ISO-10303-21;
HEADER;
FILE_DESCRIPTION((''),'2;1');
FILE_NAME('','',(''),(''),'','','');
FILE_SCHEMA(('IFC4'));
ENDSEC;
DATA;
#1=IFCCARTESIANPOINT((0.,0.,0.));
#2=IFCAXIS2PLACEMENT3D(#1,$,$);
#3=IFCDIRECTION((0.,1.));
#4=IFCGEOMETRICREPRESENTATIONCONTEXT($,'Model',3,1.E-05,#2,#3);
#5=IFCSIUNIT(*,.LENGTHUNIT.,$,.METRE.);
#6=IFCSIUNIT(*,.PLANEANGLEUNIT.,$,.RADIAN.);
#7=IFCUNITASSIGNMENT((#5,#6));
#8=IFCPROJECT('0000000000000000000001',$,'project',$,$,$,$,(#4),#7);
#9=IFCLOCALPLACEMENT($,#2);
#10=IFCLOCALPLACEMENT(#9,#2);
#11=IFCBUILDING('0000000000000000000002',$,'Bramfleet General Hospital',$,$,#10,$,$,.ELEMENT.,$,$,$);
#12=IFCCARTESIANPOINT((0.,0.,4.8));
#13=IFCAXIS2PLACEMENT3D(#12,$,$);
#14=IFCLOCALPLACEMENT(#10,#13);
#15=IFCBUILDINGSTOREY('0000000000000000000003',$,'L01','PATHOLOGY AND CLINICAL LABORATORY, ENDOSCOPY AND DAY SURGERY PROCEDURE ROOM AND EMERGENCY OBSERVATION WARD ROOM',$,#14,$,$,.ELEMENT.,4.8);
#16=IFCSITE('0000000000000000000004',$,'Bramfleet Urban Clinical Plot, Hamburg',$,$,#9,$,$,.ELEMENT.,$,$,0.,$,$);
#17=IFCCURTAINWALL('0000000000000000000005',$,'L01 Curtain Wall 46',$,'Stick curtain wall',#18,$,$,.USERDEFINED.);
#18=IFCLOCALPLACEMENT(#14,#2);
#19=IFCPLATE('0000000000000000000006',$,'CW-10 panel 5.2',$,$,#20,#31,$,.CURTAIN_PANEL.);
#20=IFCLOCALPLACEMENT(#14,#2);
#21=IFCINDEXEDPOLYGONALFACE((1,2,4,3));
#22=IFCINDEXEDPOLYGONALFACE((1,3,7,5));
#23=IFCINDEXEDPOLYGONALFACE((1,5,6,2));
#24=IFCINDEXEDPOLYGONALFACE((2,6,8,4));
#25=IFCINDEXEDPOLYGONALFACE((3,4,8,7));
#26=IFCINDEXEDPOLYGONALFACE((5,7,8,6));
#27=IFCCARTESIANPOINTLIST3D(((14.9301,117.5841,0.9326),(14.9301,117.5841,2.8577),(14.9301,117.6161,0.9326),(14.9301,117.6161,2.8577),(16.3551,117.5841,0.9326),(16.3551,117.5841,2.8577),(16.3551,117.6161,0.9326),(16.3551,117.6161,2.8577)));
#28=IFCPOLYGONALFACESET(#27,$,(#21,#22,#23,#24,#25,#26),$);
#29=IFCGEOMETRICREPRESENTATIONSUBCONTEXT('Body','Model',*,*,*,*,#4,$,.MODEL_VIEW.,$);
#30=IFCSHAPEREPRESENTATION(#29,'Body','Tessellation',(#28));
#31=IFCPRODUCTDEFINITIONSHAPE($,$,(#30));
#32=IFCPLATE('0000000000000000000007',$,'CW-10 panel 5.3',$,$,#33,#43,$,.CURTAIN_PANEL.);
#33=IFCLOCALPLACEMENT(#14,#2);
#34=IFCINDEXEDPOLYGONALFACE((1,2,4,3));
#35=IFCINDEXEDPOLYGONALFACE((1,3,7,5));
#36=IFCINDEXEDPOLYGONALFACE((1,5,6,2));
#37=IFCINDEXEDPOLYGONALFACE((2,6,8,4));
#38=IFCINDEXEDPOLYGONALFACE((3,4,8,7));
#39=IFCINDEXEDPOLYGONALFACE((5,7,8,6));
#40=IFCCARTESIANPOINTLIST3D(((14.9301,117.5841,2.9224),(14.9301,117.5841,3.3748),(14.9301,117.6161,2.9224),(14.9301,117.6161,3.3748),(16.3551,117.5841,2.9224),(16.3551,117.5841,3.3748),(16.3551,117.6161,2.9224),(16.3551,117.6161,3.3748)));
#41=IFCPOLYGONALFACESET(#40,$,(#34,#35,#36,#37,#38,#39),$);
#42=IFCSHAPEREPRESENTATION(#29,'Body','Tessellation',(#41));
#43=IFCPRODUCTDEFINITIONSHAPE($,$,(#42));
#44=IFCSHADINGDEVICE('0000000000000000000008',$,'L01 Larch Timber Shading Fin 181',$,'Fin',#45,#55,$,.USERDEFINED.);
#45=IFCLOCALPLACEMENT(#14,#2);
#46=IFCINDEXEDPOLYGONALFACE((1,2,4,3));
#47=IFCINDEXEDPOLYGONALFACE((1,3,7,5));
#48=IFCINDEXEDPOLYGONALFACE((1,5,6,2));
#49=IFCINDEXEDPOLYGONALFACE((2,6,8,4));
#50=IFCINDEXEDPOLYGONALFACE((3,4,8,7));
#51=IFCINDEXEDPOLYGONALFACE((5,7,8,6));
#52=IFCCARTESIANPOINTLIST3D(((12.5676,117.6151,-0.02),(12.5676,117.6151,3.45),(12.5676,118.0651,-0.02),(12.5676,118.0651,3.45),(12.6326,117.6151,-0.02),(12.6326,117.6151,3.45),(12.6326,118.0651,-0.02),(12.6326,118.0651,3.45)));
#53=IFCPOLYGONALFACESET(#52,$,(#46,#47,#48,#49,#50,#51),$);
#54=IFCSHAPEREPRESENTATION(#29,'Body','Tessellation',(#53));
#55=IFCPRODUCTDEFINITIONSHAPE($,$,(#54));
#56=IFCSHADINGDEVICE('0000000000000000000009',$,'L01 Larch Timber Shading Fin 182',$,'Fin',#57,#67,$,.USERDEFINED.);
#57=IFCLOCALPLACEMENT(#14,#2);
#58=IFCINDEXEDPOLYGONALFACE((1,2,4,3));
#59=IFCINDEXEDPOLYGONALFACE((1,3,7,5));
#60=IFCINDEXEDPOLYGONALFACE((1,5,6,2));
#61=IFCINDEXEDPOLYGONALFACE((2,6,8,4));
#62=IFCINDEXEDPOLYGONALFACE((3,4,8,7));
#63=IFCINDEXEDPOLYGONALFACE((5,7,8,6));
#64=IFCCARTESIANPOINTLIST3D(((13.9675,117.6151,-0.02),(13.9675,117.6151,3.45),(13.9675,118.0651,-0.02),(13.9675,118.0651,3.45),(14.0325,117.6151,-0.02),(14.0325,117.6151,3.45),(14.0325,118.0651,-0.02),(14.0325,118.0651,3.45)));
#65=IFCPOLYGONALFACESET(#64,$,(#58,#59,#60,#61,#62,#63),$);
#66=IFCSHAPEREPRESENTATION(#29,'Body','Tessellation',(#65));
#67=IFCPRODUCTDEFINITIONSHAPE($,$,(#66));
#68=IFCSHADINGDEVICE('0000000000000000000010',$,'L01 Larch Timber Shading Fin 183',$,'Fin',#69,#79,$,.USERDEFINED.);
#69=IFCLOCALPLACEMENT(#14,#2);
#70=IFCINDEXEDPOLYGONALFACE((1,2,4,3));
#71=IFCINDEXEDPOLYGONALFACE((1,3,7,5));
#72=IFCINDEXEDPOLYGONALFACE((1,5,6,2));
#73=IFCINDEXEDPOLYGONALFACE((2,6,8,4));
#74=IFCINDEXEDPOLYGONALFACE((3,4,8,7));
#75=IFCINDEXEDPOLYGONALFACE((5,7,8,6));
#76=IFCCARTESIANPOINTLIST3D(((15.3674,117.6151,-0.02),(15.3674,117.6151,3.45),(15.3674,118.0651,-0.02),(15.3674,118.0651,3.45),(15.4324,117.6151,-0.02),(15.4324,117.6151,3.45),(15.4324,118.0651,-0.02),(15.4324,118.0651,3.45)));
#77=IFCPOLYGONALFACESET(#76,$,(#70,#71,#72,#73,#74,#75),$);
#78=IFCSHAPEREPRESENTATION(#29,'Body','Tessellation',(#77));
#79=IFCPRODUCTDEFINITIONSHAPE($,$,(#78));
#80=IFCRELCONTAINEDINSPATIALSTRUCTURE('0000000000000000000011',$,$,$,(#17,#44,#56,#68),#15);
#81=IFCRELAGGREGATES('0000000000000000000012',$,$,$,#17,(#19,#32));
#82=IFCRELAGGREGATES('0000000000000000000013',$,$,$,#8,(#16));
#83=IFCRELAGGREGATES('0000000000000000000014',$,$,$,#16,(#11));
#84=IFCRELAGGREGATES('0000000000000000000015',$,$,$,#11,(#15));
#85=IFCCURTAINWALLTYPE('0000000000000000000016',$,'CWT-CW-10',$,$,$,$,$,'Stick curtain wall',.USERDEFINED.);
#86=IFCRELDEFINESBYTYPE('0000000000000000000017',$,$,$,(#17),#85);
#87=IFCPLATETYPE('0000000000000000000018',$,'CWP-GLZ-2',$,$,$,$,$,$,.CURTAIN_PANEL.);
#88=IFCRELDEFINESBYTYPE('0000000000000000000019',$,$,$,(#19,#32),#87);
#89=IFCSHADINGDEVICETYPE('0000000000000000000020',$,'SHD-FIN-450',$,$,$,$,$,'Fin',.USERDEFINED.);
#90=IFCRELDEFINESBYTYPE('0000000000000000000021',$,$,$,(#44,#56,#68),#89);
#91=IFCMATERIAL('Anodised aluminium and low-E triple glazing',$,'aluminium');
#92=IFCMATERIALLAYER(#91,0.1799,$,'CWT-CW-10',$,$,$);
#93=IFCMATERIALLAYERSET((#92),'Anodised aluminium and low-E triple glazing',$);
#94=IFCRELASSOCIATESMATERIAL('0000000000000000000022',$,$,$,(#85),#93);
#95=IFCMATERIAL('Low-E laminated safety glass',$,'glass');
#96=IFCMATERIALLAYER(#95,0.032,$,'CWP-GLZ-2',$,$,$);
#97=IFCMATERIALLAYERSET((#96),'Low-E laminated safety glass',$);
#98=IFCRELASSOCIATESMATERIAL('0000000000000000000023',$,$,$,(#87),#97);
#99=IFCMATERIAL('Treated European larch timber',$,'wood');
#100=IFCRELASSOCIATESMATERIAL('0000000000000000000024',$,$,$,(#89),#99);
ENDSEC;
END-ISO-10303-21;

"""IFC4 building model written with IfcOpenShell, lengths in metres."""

from ifc_helpers import new_model, si_unit, direction, frame, origin, origin_2d, place, context, subcontext, project, spatial, rectangle, extrude, material, layer, layer_set, material_profile, profile_set, type_object, element, aggregate, save


model = new_model("IFC4")

# Units and contexts
model_context = context("Model", 3, precision=1e-05, world=origin(), true_north=direction((0.0, 1.0)))
body_context = subcontext(model_context, "Body", "Model", "MODEL_VIEW")
ifc_project = project(units=[si_unit("LENGTHUNIT", "METRE"), si_unit("PLANEANGLEUNIT", "RADIAN")], contexts=[model_context])

# Site, building, storey
site_placement = place(None, origin())
site = spatial("IfcSite", under=ifc_project, at=site_placement, Name="Bramfleet Urban Clinical Plot, Hamburg", CompositionType="ELEMENT", RefElevation=0.0)
building_placement = place(site_placement, origin())
building = spatial("IfcBuilding", under=site, at=building_placement, Name="Bramfleet General Hospital", CompositionType="ELEMENT")
storey_placement = place(building_placement, frame((0.0, 0.0, 4.8)))
storey = spatial("IfcBuildingStorey", under=building, at=storey_placement, Name="L01", Description="PATHOLOGY AND CLINICAL LABORATORY, ENDOSCOPY AND DAY SURGERY PROCEDURE ROOM AND EMERGENCY OBSERVATION WARD ROOM", CompositionType="ELEMENT", Elevation=4.8)

# Curtain wall, plates
ifc_material_1 = material(Name="Anodised aluminium and low-E triple glazing", Category="aluminium")
ifc_layer_1 = layer(ifc_material_1, 0.1799, Name="CWT-CW-10")
ifc_layer_set_1 = layer_set([ifc_layer_1], Name="Anodised aluminium and low-E triple glazing")
curtain_wall_type = type_object("IfcCurtainWallType", Name="CWT-CW-10", ElementType="Stick curtain wall", PredefinedType="USERDEFINED", material=ifc_layer_set_1)
curtain_wall_placement = place(storey_placement, origin())
curtain_wall = element("IfcCurtainWall", 1, at=curtain_wall_placement, inside=storey, type_object=curtain_wall_type, Name="L01 Curtain Wall 46", ObjectType="Stick curtain wall", PredefinedType="USERDEFINED")
ifc_material_2 = material(Name="Low-E laminated safety glass", Category="glass")
ifc_layer_2 = layer(ifc_material_2, 0.032, Name="CWP-GLZ-2")
ifc_layer_set_2 = layer_set([ifc_layer_2], Name="Low-E laminated safety glass")
plate_type = type_object("IfcPlateType", Name="CWP-GLZ-2", PredefinedType="CURTAIN_PANEL", material=ifc_layer_set_2)
plate_1_placement = place(storey_placement, frame((15.6426, 117.6001, 0.9326), z_axis=(0.0, 0.0, 1.0), x_axis=(1.0, 0.0, 0.0)))
plate_1 = element("IfcPlate", 2, at=plate_1_placement, type_object=plate_type, Name="CW-10 panel 5.2", PredefinedType="CURTAIN_PANEL", context=body_context, shape_type="SweptSolid", body=[
    extrude(rectangle(XDim=1.425, YDim=0.032, at=origin_2d()), origin(), (0.0, 0.0, 1.0), 1.925),
])
plate_2_placement = place(storey_placement, frame((15.6426, 117.6001, 2.9224), z_axis=(0.0, 0.0, 1.0), x_axis=(1.0, 0.0, 0.0)))
plate_2 = element("IfcPlate", 3, at=plate_2_placement, type_object=plate_type, Name="CW-10 panel 5.3", PredefinedType="CURTAIN_PANEL", context=body_context, shape_type="SweptSolid", body=[
    extrude(rectangle(XDim=1.425, YDim=0.032, at=origin_2d()), origin(), (0.0, 0.0, 1.0), 0.4524),
])
aggregate(curtain_wall, [plate_1, plate_2])

# Shading devices
ifc_material_3 = material(Name="Treated European larch timber", Category="wood")
ifc_material_profile_1 = material_profile(ifc_material_3, rectangle(XDim=0.0649, YDim=0.45, at=origin_2d()), Name="LARCH FIN 450x65")
ifc_profile_set_1 = profile_set([ifc_material_profile_1], Name="Treated European larch timber")
shading_device_type = type_object("IfcShadingDeviceType", Name="SHD-FIN-450", ElementType="Fin", PredefinedType="USERDEFINED", material=ifc_profile_set_1)
for number, where, z_axis, x_axis, name in (
    (4, (12.6001, 117.8401, -0.02), (0.0, 0.0, 1.0), (1.0, 0.0, 0.0), "L01 Larch Timber Shading Fin 181"),
    (5, (14.0, 117.8401, -0.02), (0.0, 0.0, 1.0), (1.0, 0.0, 0.0), "L01 Larch Timber Shading Fin 182"),
    (6, (15.3999, 117.8401, -0.02), (0.0, 0.0, 1.0), (1.0, 0.0, 0.0), "L01 Larch Timber Shading Fin 183"),
):
    element("IfcShadingDevice", number, at=place(storey_placement, frame(where, z_axis=z_axis, x_axis=x_axis)), inside=storey, type_object=shading_device_type, Name=name, ObjectType="Fin", PredefinedType="USERDEFINED", context=body_context, shape_type="SweptSolid", body=[
        extrude(rectangle(XDim=0.0649, YDim=0.45, at=origin_2d()), origin(), (0.0, 0.0, 1.0), 3.47),
    ])

save(model, "model.ifc")
